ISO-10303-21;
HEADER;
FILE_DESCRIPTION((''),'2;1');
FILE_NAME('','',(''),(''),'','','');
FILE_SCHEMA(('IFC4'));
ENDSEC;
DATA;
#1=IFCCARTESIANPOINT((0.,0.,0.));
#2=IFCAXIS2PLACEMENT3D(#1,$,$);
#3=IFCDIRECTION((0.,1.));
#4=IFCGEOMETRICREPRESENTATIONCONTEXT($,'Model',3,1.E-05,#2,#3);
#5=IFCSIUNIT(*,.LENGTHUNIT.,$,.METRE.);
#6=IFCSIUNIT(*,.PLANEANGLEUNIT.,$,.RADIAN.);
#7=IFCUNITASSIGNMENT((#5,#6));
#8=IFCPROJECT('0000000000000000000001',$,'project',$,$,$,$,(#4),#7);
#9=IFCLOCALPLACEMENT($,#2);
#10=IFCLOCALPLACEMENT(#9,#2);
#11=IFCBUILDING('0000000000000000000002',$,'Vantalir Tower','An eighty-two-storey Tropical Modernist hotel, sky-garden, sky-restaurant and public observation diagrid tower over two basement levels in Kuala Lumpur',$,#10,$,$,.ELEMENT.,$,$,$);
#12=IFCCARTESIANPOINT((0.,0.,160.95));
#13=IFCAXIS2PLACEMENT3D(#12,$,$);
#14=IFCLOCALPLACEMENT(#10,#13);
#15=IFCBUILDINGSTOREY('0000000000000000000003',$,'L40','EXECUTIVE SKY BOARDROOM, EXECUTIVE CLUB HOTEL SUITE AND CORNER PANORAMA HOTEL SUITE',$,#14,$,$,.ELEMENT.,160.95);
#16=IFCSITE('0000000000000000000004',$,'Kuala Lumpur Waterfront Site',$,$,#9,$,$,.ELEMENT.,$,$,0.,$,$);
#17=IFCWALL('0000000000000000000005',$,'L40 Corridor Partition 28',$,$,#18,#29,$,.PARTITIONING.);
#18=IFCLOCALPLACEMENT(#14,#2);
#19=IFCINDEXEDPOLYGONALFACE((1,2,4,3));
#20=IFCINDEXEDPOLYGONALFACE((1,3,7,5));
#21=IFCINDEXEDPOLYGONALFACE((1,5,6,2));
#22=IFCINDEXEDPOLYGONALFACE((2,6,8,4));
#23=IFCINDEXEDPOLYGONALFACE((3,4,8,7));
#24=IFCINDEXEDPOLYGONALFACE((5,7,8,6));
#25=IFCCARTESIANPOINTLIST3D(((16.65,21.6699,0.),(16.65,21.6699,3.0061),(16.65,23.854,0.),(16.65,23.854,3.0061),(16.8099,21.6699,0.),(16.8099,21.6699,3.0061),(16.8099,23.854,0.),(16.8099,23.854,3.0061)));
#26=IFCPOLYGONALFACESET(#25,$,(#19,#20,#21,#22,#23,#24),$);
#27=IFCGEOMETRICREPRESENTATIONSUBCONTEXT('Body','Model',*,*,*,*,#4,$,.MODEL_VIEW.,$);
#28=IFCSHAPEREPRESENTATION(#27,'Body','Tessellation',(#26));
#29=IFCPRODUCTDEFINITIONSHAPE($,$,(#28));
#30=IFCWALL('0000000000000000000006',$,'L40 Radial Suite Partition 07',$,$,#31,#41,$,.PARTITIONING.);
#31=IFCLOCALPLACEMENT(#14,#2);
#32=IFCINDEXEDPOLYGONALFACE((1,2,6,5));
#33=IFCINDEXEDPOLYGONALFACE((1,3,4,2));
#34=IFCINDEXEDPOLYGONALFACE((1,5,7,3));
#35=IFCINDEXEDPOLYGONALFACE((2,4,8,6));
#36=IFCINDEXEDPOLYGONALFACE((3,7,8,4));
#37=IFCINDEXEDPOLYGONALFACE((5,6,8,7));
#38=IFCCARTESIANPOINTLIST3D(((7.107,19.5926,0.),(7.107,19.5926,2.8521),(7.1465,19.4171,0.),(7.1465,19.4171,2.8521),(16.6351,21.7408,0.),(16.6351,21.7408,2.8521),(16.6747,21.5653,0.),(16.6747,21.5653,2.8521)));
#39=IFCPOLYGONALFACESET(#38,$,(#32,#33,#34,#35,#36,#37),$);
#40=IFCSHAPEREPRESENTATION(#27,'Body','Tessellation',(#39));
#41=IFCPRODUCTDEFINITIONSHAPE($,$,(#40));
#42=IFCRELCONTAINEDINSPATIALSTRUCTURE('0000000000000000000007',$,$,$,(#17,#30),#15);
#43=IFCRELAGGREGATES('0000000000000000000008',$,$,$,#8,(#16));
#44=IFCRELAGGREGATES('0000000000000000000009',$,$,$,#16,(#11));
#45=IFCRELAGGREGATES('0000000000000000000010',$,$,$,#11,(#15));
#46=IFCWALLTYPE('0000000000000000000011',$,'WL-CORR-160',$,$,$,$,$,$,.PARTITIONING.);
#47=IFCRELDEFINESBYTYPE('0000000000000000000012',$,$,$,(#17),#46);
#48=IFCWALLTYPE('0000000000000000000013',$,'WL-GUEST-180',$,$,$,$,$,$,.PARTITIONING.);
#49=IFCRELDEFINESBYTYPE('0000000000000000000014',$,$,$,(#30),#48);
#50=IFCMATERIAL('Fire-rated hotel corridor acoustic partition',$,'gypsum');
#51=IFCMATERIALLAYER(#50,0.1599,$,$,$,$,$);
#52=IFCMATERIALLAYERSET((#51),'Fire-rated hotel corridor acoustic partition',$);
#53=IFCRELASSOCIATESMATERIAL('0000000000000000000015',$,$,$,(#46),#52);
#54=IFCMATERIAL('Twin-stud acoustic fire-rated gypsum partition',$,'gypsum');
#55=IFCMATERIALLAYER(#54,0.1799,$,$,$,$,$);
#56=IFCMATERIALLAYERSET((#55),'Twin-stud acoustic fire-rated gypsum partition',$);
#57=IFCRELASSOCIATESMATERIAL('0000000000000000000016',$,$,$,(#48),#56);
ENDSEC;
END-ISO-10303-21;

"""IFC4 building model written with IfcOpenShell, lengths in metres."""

from ifc_helpers import new_model, si_unit, direction, frame, frame_2d, origin, place, context, subcontext, project, spatial, rectangle, extrude, material, layer, layer_set, type_object, element, save


model = new_model("IFC4")

# Units and contexts
model_context = context("Model", 3, precision=1e-05, world=origin(), true_north=direction((0.0, 1.0)))
body_context = subcontext(model_context, "Body", "Model", "MODEL_VIEW")
ifc_project = project(units=[si_unit("LENGTHUNIT", "METRE"), si_unit("PLANEANGLEUNIT", "RADIAN")], contexts=[model_context])

# Site, building, storey
site_placement = place(None, origin())
site = spatial("IfcSite", under=ifc_project, at=site_placement, Name="Kuala Lumpur Waterfront Site", CompositionType="ELEMENT", RefElevation=0.0)
building_placement = place(site_placement, origin())
building = spatial("IfcBuilding", under=site, at=building_placement, Name="Vantalir Tower", Description="An eighty-two-storey Tropical Modernist hotel, sky-garden, sky-restaurant and public observation diagrid tower over two basement levels in Kuala Lumpur", CompositionType="ELEMENT")
storey_placement = place(building_placement, frame((0.0, 0.0, 160.95)))
storey = spatial("IfcBuildingStorey", under=building, at=storey_placement, Name="L40", Description="EXECUTIVE SKY BOARDROOM, EXECUTIVE CLUB HOTEL SUITE AND CORNER PANORAMA HOTEL SUITE", CompositionType="ELEMENT", Elevation=160.95)

# Walls
ifc_material_1 = material(Name="Fire-rated hotel corridor acoustic partition", Category="gypsum")
ifc_layer_1 = layer(ifc_material_1, 0.1599)
ifc_layer_set_1 = layer_set([ifc_layer_1], Name="Fire-rated hotel corridor acoustic partition")
wall_type_1 = type_object("IfcWallType", Name="WL-CORR-160", PredefinedType="PARTITIONING", material=ifc_layer_set_1)
wall_1_placement = place(storey_placement, frame((16.73, 21.6699, 0.0), z_axis=(0.0, 0.0, 1.0), x_axis=(0.0, 1.0, 0.0)))
element("IfcWall", 1, at=wall_1_placement, inside=storey, type_object=wall_type_1, Name="L40 Corridor Partition 28", PredefinedType="PARTITIONING", context=body_context, shape_type="SweptSolid", body=[
    extrude(rectangle(XDim=2.1841, YDim=0.1599, at=frame_2d((1.092, 0.0))), origin(), (0.0, 0.0, 1.0), 3.0061),
])
ifc_material_2 = material(Name="Twin-stud acoustic fire-rated gypsum partition", Category="gypsum")
ifc_layer_2 = layer(ifc_material_2, 0.1799)
ifc_layer_set_2 = layer_set([ifc_layer_2], Name="Twin-stud acoustic fire-rated gypsum partition")
wall_type_2 = type_object("IfcWallType", Name="WL-GUEST-180", PredefinedType="PARTITIONING", material=ifc_layer_set_2)
wall_2_placement = place(storey_placement, frame((16.655, 21.6531, 0.0), z_axis=(0.0, 0.0, 1.0), x_axis=(-0.975514, -0.219939, 0.0)))
element("IfcWall", 2, at=wall_2_placement, inside=storey, type_object=wall_type_2, Name="L40 Radial Suite Partition 07", PredefinedType="PARTITIONING", context=body_context, shape_type="SweptSolid", body=[
    extrude(rectangle(XDim=9.7673, YDim=0.1799, at=frame_2d((4.8838, 0.0))), origin(), (0.0, 0.0, 1.0), 2.8521),
])

save(model, "model.ifc")
